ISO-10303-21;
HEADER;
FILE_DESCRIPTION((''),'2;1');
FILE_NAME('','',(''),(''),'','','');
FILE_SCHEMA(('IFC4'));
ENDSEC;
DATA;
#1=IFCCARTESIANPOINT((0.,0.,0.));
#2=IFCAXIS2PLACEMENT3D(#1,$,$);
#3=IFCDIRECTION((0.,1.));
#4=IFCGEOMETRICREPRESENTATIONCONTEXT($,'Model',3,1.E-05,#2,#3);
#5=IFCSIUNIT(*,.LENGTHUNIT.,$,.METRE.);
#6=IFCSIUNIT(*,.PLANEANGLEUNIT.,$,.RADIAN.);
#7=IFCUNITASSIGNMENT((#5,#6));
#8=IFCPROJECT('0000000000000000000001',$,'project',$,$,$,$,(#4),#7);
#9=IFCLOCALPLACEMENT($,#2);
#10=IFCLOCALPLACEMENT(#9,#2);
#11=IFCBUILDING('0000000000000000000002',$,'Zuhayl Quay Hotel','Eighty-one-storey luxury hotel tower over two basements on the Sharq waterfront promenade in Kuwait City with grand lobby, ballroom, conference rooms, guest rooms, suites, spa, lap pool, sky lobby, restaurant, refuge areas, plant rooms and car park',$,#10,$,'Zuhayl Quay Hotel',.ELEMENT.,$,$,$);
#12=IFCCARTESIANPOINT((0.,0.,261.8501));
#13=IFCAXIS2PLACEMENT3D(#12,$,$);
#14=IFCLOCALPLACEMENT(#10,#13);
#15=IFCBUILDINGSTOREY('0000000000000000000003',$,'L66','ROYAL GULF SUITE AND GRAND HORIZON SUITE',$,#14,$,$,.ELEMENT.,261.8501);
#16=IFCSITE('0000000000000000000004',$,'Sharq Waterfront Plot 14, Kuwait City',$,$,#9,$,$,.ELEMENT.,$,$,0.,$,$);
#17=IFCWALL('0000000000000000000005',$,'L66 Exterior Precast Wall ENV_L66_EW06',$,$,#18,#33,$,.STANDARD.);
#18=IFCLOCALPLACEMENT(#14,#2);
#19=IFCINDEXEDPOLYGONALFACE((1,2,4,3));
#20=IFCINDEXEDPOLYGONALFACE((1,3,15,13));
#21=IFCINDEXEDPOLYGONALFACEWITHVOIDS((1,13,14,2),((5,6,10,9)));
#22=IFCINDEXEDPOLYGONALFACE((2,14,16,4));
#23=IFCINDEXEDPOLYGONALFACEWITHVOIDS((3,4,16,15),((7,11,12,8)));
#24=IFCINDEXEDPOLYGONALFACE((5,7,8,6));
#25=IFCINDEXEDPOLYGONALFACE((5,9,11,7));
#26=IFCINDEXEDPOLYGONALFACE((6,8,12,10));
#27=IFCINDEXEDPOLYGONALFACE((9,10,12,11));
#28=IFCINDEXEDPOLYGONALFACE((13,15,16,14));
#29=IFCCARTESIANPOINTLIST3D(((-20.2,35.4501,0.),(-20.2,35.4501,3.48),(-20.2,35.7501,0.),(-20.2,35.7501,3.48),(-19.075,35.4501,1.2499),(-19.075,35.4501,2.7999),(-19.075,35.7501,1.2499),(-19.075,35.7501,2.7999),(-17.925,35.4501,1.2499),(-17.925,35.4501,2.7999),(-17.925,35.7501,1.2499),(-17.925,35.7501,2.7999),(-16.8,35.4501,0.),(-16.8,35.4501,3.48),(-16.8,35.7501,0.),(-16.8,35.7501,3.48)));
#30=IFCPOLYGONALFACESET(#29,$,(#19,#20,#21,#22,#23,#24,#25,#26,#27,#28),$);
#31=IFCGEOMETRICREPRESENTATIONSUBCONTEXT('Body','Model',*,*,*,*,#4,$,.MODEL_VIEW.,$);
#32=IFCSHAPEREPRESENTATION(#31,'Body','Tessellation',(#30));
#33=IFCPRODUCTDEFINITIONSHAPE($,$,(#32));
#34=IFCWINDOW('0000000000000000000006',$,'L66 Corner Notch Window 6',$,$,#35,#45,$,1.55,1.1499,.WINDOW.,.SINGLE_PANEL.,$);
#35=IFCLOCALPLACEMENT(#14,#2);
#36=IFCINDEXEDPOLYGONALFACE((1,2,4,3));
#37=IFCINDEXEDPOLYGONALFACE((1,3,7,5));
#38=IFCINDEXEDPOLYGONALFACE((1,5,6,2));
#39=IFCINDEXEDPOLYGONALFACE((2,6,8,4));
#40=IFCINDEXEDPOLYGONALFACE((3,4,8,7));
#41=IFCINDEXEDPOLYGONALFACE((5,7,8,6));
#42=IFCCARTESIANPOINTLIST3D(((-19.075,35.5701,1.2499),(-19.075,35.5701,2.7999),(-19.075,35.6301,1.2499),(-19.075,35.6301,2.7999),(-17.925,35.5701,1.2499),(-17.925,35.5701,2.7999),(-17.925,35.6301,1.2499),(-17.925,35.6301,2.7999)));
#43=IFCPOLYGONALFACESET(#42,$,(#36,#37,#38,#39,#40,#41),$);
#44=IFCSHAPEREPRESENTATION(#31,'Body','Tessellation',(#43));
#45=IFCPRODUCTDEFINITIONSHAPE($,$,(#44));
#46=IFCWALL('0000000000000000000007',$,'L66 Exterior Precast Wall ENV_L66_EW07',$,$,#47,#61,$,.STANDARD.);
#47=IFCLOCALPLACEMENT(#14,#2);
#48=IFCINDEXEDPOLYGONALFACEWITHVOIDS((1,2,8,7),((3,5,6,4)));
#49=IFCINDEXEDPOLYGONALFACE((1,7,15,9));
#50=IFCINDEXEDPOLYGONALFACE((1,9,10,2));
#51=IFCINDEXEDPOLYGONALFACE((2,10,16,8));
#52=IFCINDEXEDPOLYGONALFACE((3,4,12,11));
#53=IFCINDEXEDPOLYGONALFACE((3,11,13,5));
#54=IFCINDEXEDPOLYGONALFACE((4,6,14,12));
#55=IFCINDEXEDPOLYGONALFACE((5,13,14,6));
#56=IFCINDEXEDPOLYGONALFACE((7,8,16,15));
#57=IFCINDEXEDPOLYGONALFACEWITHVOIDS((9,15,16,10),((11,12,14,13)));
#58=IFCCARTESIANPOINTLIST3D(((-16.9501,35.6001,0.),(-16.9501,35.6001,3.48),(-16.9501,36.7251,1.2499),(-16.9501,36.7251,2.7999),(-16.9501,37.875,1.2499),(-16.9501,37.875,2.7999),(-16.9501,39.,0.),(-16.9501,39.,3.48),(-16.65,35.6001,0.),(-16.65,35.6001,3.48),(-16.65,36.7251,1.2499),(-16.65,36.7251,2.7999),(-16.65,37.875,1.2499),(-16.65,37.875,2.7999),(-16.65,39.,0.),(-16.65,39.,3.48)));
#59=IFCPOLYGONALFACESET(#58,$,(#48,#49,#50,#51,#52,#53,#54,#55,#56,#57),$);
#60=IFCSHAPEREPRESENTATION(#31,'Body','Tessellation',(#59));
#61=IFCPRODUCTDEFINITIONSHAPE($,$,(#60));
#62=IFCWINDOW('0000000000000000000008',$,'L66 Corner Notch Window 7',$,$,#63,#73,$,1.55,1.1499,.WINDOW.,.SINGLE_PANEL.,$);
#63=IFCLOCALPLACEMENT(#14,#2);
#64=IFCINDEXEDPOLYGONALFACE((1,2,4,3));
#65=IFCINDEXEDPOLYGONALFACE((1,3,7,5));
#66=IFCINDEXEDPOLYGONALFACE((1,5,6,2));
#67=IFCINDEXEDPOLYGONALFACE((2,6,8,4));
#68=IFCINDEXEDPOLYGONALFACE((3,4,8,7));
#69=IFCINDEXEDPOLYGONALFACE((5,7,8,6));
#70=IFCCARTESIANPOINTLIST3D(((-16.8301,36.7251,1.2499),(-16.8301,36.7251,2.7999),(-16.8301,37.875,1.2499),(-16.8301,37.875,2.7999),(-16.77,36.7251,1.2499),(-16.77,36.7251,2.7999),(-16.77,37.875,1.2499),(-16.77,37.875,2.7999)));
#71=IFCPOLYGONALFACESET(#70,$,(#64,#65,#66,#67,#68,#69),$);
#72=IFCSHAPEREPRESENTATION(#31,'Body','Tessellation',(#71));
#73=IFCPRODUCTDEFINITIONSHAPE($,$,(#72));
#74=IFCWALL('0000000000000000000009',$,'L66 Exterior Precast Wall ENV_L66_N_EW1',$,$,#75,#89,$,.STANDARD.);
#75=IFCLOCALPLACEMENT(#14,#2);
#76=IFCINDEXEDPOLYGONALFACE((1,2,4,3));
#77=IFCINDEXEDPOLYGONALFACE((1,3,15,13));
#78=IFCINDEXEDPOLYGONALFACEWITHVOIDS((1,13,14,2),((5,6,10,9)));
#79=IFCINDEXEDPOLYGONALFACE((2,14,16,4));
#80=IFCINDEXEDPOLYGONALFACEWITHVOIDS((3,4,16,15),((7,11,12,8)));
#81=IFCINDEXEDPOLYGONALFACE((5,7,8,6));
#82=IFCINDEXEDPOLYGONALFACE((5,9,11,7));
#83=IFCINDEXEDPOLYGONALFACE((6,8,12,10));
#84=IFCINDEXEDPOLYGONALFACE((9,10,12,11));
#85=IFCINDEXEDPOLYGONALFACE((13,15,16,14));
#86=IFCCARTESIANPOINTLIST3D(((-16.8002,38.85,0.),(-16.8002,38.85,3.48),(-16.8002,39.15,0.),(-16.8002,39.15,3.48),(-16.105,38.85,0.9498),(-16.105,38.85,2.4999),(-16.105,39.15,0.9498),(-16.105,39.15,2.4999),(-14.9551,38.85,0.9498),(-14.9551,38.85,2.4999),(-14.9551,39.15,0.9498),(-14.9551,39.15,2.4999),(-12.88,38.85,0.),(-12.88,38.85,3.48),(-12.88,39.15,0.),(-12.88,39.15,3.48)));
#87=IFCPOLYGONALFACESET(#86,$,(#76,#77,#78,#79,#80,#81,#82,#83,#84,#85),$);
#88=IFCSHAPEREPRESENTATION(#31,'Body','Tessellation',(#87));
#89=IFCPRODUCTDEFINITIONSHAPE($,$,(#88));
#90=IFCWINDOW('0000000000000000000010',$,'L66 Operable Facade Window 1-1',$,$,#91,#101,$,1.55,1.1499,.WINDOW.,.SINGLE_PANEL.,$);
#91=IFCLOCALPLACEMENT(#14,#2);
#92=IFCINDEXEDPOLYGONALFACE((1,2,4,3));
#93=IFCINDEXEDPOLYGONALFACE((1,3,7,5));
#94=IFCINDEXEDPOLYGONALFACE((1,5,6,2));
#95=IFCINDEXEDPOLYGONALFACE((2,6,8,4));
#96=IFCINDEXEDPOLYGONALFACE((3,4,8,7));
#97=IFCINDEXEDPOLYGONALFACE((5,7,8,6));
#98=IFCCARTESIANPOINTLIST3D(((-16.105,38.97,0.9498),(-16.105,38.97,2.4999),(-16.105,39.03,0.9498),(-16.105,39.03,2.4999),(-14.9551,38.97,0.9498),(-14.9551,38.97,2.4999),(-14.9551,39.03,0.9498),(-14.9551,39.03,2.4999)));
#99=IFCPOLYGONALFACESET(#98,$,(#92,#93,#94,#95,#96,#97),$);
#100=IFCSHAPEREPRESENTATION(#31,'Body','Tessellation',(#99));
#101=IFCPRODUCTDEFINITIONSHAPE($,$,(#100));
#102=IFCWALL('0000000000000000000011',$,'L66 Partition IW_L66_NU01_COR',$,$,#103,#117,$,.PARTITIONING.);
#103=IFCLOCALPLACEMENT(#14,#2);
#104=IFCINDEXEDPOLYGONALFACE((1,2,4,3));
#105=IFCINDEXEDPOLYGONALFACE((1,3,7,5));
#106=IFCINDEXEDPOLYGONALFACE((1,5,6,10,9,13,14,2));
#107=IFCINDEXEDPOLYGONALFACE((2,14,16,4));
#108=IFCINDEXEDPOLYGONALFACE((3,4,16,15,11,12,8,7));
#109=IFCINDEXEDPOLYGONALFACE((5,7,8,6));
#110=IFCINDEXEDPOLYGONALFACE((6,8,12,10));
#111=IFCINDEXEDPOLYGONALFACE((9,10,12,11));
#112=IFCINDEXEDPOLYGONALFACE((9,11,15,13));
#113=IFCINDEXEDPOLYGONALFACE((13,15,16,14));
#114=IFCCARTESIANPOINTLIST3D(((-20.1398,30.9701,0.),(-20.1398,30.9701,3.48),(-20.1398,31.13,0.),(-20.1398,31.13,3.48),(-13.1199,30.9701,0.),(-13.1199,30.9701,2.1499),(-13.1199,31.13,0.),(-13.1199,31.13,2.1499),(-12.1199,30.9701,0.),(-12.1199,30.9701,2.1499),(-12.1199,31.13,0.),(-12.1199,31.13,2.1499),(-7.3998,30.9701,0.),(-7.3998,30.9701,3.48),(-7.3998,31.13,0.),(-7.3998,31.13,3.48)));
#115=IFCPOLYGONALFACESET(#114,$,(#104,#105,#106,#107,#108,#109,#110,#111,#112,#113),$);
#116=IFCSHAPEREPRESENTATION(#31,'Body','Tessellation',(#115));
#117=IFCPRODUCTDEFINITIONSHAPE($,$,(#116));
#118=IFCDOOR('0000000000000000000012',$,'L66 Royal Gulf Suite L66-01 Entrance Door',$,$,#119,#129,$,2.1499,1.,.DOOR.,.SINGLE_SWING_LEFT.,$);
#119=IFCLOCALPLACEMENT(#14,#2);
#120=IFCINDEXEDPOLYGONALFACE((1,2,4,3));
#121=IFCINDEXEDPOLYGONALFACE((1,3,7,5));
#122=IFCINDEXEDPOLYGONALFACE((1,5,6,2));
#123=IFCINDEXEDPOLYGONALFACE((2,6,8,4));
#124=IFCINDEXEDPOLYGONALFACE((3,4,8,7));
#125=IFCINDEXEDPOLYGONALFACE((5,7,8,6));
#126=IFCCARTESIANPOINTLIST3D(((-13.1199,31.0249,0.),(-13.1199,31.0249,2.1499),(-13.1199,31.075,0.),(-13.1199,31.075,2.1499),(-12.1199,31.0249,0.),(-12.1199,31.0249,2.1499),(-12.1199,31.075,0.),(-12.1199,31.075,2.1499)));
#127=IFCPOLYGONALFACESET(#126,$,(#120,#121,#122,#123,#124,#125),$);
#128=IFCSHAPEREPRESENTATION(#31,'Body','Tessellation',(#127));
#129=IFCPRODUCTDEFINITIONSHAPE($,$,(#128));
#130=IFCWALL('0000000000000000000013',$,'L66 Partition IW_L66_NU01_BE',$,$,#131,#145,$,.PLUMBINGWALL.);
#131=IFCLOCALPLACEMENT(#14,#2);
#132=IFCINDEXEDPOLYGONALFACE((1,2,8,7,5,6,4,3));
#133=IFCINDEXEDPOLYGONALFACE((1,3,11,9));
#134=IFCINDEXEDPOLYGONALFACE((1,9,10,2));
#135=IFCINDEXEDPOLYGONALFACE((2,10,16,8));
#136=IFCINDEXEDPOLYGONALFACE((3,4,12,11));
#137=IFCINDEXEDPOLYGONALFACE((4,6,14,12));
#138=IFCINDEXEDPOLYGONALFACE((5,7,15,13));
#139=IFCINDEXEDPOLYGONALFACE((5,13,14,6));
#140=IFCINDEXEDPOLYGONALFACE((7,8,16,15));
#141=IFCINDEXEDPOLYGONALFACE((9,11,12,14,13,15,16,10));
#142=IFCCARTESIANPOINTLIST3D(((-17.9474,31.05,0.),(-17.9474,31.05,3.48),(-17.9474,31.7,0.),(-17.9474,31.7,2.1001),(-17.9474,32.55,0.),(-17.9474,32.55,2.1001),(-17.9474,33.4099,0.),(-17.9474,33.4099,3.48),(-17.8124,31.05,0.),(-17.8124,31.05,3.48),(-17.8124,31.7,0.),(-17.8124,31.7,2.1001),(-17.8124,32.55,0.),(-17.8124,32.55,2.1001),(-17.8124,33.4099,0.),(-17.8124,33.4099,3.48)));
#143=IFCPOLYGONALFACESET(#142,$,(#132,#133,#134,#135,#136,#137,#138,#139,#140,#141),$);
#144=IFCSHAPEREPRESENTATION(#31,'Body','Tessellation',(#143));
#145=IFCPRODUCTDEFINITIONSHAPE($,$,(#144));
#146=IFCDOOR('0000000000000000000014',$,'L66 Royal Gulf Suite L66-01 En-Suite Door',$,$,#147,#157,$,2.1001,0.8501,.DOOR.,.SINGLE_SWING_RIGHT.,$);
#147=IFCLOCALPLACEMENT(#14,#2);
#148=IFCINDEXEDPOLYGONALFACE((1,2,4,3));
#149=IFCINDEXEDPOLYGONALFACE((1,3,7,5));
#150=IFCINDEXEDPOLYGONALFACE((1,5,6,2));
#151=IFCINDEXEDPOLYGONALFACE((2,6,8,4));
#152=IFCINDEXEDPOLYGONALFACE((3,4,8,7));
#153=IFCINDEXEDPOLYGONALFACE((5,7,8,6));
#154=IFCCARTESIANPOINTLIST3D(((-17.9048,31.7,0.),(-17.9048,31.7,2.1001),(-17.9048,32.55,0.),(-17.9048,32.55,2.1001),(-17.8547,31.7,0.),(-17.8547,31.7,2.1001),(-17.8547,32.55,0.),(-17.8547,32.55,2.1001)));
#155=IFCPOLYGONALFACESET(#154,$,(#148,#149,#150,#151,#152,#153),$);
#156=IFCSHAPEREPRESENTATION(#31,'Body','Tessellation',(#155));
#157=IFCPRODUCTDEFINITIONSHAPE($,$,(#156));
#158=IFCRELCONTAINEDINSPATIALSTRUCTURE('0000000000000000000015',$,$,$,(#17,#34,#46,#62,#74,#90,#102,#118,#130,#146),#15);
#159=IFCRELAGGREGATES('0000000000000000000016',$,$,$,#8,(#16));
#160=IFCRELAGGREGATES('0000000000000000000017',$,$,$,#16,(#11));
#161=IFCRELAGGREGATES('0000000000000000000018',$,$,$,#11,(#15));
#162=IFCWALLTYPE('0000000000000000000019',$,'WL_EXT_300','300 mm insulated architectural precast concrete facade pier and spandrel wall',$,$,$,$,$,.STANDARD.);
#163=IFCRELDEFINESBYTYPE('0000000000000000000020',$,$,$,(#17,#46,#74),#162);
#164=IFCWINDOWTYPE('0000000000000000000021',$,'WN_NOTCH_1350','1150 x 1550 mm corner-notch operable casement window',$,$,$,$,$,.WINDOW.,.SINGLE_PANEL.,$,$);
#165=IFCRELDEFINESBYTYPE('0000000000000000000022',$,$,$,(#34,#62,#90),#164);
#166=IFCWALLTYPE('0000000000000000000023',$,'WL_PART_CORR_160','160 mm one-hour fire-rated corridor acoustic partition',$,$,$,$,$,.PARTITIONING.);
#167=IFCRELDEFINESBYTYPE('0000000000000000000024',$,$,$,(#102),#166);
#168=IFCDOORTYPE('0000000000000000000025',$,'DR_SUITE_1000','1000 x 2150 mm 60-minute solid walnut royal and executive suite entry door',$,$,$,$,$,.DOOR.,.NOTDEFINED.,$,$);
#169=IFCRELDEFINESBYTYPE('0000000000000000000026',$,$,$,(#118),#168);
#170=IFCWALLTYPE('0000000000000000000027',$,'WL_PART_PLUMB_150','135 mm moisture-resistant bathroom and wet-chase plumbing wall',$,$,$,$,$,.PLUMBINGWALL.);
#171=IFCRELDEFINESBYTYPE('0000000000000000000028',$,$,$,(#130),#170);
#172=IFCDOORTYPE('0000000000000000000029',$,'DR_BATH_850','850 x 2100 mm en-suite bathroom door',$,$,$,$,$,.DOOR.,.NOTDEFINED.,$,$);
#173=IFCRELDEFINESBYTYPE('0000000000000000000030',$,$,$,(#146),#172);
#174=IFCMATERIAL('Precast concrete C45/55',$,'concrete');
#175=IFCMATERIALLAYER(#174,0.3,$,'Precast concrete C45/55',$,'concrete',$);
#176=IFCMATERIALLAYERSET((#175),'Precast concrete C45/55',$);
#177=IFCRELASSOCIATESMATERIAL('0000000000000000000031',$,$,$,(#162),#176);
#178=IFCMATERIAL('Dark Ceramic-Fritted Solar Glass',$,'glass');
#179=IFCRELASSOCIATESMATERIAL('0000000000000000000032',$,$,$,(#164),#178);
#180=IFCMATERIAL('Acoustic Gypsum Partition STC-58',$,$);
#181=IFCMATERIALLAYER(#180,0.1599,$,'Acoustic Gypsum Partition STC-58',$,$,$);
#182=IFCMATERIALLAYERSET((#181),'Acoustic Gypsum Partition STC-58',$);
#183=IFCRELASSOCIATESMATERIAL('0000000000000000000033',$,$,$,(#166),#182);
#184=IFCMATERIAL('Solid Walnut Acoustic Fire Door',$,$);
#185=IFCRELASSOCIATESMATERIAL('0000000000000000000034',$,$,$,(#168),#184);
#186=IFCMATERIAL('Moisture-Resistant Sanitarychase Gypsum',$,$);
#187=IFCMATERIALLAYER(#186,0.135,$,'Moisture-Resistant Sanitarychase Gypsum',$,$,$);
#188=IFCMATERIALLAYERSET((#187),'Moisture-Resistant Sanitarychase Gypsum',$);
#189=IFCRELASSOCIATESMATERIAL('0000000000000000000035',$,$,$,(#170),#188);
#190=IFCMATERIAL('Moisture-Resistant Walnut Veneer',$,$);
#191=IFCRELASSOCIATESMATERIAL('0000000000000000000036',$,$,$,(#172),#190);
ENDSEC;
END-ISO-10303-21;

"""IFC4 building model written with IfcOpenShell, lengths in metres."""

from ifc_helpers import new_model, si_unit, direction, frame, frame_2d, origin, place, context, subcontext, project, spatial, rectangle, extrude, material, layer, layer_set, type_object, element, fill, save


model = new_model("IFC4")

# Units and contexts
model_context = context("Model", 3, precision=1e-05, world=origin(), true_north=direction((0.0, 1.0)))
body_context = subcontext(model_context, "Body", "Model", "MODEL_VIEW")
ifc_project = project(units=[si_unit("LENGTHUNIT", "METRE"), si_unit("PLANEANGLEUNIT", "RADIAN")], contexts=[model_context])

# Site, building, storey
site_placement = place(None, origin())
site = spatial("IfcSite", under=ifc_project, at=site_placement, Name="Sharq Waterfront Plot 14, Kuwait City", CompositionType="ELEMENT", RefElevation=0.0)
building_placement = place(site_placement, origin())
building = spatial("IfcBuilding", under=site, at=building_placement, Name="Zuhayl Quay Hotel", Description="Eighty-one-storey luxury hotel tower over two basements on the Sharq waterfront promenade in Kuwait City with grand lobby, ballroom, conference rooms, guest rooms, suites, spa, lap pool, sky lobby, restaurant, refuge areas, plant rooms and car park", LongName="Zuhayl Quay Hotel", CompositionType="ELEMENT")
storey_placement = place(building_placement, frame((0.0, 0.0, 261.8501)))
storey = spatial("IfcBuildingStorey", under=building, at=storey_placement, Name="L66", Description="ROYAL GULF SUITE AND GRAND HORIZON SUITE", CompositionType="ELEMENT", Elevation=261.8501)

# Shared definitions
ifc_material_1 = material(Name="Dark Ceramic-Fritted Solar Glass", Category="glass")

# Walls, openings, windows
ifc_material_2 = material(Name="Precast concrete C45/55", Category="concrete")
ifc_layer_1 = layer(ifc_material_2, 0.3, Name="Precast concrete C45/55", Category="concrete")
ifc_layer_set_1 = layer_set([ifc_layer_1], Name="Precast concrete C45/55")
wall_type_1 = type_object("IfcWallType", Name="WL_EXT_300", Description="300 mm insulated architectural precast concrete facade pier and spandrel wall", PredefinedType="STANDARD", material=ifc_layer_set_1)
wall_1_placement = place(storey_placement, frame((-20.2, 35.6001, 0.0), z_axis=(0.0, 0.0, 1.0), x_axis=(1.0, 0.0, 0.0)))
wall_1 = element("IfcWall", 1, at=wall_1_placement, inside=storey, type_object=wall_type_1, Name="L66 Exterior Precast Wall ENV_L66_EW06", PredefinedType="STANDARD", context=body_context, shape_type="SweptSolid", body=[
    extrude(rectangle(XDim=3.3999, YDim=0.3, at=frame_2d((1.7, 0.0))), origin(), (0.0, 0.0, 1.0), 3.48),
])
opening_1_placement = place(wall_1_placement, frame((1.125, 0.0, 1.25)))
opening_1 = element("IfcOpeningElement", 2, at=opening_1_placement, cuts=wall_1, PredefinedType="OPENING", context=body_context, shape_type="SweptSolid", body=[
    extrude(rectangle(XDim=1.1499, YDim=1.55, at=frame_2d((0.575, 0.7749))), frame((0.0, 0.1599, 0.0), z_axis=(0.0, -1.0, 0.0), x_axis=(1.0, 0.0, 0.0)), (0.0, 0.0, 1.0), 0.3201),
])
window_type = type_object("IfcWindowType", Name="WN_NOTCH_1350", Description="1150 x 1550 mm corner-notch operable casement window", PartitioningType="SINGLE_PANEL", PredefinedType="WINDOW", material=ifc_material_1)
window_1_placement = place(opening_1_placement, origin())
window_1 = element("IfcWindow", 3, at=window_1_placement, inside=storey, type_object=window_type, Name="L66 Corner Notch Window 6", OverallHeight=1.55, OverallWidth=1.1499, PartitioningType="SINGLE_PANEL", PredefinedType="WINDOW", context=body_context, shape_type="SweptSolid", body=[
    extrude(rectangle(XDim=1.1499, YDim=1.55, at=frame_2d((0.575, 0.7749))), frame((0.0, 0.03, 0.0), z_axis=(0.0, -1.0, 0.0), x_axis=(1.0, 0.0, 0.0)), (0.0, 0.0, 1.0), 0.0601),
])
fill(opening_1, window_1)
wall_2_placement = place(storey_placement, frame((-16.8, 35.6001, 0.0), z_axis=(0.0, 0.0, 1.0), x_axis=(0.0, 1.0, 0.0)))
wall_2 = element("IfcWall", 4, at=wall_2_placement, inside=storey, type_object=wall_type_1, Name="L66 Exterior Precast Wall ENV_L66_EW07", PredefinedType="STANDARD", context=body_context, shape_type="SweptSolid", body=[
    extrude(rectangle(XDim=3.3999, YDim=0.3, at=frame_2d((1.7, 0.0))), origin(), (0.0, 0.0, 1.0), 3.48),
])
opening_2_placement = place(wall_2_placement, frame((1.125, 0.0, 1.25)))
opening_2 = element("IfcOpeningElement", 5, at=opening_2_placement, cuts=wall_2, PredefinedType="OPENING", context=body_context, shape_type="SweptSolid", body=[
    extrude(rectangle(XDim=1.1499, YDim=1.55, at=frame_2d((0.575, 0.7749))), frame((0.0, 0.1599, 0.0), z_axis=(0.0, -1.0, 0.0), x_axis=(1.0, 0.0, 0.0)), (0.0, 0.0, 1.0), 0.3201),
])
window_2_placement = place(opening_2_placement, origin())
window_2 = element("IfcWindow", 6, at=window_2_placement, inside=storey, type_object=window_type, Name="L66 Corner Notch Window 7", OverallHeight=1.55, OverallWidth=1.1499, PartitioningType="SINGLE_PANEL", PredefinedType="WINDOW", context=body_context, shape_type="SweptSolid", body=[
    extrude(rectangle(XDim=1.1499, YDim=1.55, at=frame_2d((0.575, 0.7749))), frame((0.0, 0.03, 0.0), z_axis=(0.0, -1.0, 0.0), x_axis=(1.0, 0.0, 0.0)), (0.0, 0.0, 1.0), 0.0601),
])
fill(opening_2, window_2)
wall_3_placement = place(storey_placement, frame((-16.8, 39.0, 0.0), z_axis=(0.0, 0.0, 1.0), x_axis=(1.0, 0.0, 0.0)))
wall_3 = element("IfcWall", 7, at=wall_3_placement, inside=storey, type_object=wall_type_1, Name="L66 Exterior Precast Wall ENV_L66_N_EW1", PredefinedType="STANDARD", context=body_context, shape_type="SweptSolid", body=[
    extrude(rectangle(XDim=3.9202, YDim=0.3, at=frame_2d((1.96, 0.0))), origin(), (0.0, 0.0, 1.0), 3.48),
])
opening_3_placement = place(wall_3_placement, frame((0.6951, 0.0, 0.95)))
opening_3 = element("IfcOpeningElement", 8, at=opening_3_placement, cuts=wall_3, PredefinedType="OPENING", context=body_context, shape_type="SweptSolid", body=[
    extrude(rectangle(XDim=1.1499, YDim=1.55, at=frame_2d((0.575, 0.7749))), frame((0.0, 0.1599, 0.0), z_axis=(0.0, -1.0, 0.0), x_axis=(1.0, 0.0, 0.0)), (0.0, 0.0, 1.0), 0.3201),
])
window_3_placement = place(opening_3_placement, origin())
window_3 = element("IfcWindow", 9, at=window_3_placement, inside=storey, type_object=window_type, Name="L66 Operable Facade Window 1-1", OverallHeight=1.55, OverallWidth=1.1499, PartitioningType="SINGLE_PANEL", PredefinedType="WINDOW", context=body_context, shape_type="SweptSolid", body=[
    extrude(rectangle(XDim=1.1499, YDim=1.55, at=frame_2d((0.575, 0.7749))), frame((0.0, 0.03, 0.0), z_axis=(0.0, -1.0, 0.0), x_axis=(1.0, 0.0, 0.0)), (0.0, 0.0, 1.0), 0.0601),
])
fill(opening_3, window_3)

# Walls, openings, doors
ifc_material_3 = material(Name="Acoustic Gypsum Partition STC-58")
ifc_layer_2 = layer(ifc_material_3, 0.1599, Name="Acoustic Gypsum Partition STC-58")
ifc_layer_set_2 = layer_set([ifc_layer_2], Name="Acoustic Gypsum Partition STC-58")
wall_type_2 = type_object("IfcWallType", Name="WL_PART_CORR_160", Description="160 mm one-hour fire-rated corridor acoustic partition", PredefinedType="PARTITIONING", material=ifc_layer_set_2)
wall_4_placement = place(storey_placement, frame((-20.1399, 31.05, 0.0), z_axis=(0.0, 0.0, 1.0), x_axis=(1.0, 0.0, 0.0)))
wall_4 = element("IfcWall", 10, at=wall_4_placement, inside=storey, type_object=wall_type_2, Name="L66 Partition IW_L66_NU01_COR", PredefinedType="PARTITIONING", context=body_context, shape_type="SweptSolid", body=[
    extrude(rectangle(XDim=12.74, YDim=0.1599, at=frame_2d((6.3701, 0.0))), origin(), (0.0, 0.0, 1.0), 3.48),
])
opening_4_placement = place(wall_4_placement, frame((7.02, 0.0, 0.0)))
opening_4 = element("IfcOpeningElement", 11, at=opening_4_placement, cuts=wall_4, PredefinedType="OPENING", context=body_context, shape_type="SweptSolid", body=[
    extrude(rectangle(XDim=1.0, YDim=2.1499, at=frame_2d((0.5, 1.075))), frame((0.0, 0.0898, 0.0), z_axis=(0.0, -1.0, 0.0), x_axis=(1.0, 0.0, 0.0)), (0.0, 0.0, 1.0), 0.1799),
])
ifc_material_4 = material(Name="Solid Walnut Acoustic Fire Door")
door_type_1 = type_object("IfcDoorType", Name="DR_SUITE_1000", Description="1000 x 2150 mm 60-minute solid walnut royal and executive suite entry door", OperationType="NOTDEFINED", PredefinedType="DOOR", material=ifc_material_4)
door_1_placement = place(opening_4_placement, origin())
door_1 = element("IfcDoor", 12, at=door_1_placement, inside=storey, type_object=door_type_1, Name="L66 Royal Gulf Suite L66-01 Entrance Door", OperationType="SINGLE_SWING_LEFT", OverallHeight=2.1499, OverallWidth=1.0, PredefinedType="DOOR", context=body_context, shape_type="SweptSolid", body=[
    extrude(rectangle(XDim=1.0, YDim=2.1499, at=frame_2d((0.5, 1.075))), frame((0.0, 0.0249, 0.0), z_axis=(0.0, -1.0, 0.0), x_axis=(1.0, 0.0, 0.0)), (0.0, 0.0, 1.0), 0.05),
])
fill(opening_4, door_1)
ifc_material_5 = material(Name="Moisture-Resistant Sanitarychase Gypsum")
ifc_layer_3 = layer(ifc_material_5, 0.135, Name="Moisture-Resistant Sanitarychase Gypsum")
ifc_layer_set_3 = layer_set([ifc_layer_3], Name="Moisture-Resistant Sanitarychase Gypsum")
wall_type_3 = type_object("IfcWallType", Name="WL_PART_PLUMB_150", Description="135 mm moisture-resistant bathroom and wet-chase plumbing wall", PredefinedType="PLUMBINGWALL", material=ifc_layer_set_3)
wall_5_placement = place(storey_placement, frame((-17.8799, 31.05, 0.0), z_axis=(0.0, 0.0, 1.0), x_axis=(0.0, 1.0, 0.0)))
wall_5 = element("IfcWall", 13, at=wall_5_placement, inside=storey, type_object=wall_type_3, Name="L66 Partition IW_L66_NU01_BE", PredefinedType="PLUMBINGWALL", context=body_context, shape_type="SweptSolid", body=[
    extrude(rectangle(XDim=2.3599, YDim=0.135, at=frame_2d((1.1799, 0.0))), origin(), (0.0, 0.0, 1.0), 3.48),
])
opening_5_placement = place(wall_5_placement, frame((0.6499, 0.0, 0.0)))
opening_5 = element("IfcOpeningElement", 14, at=opening_5_placement, cuts=wall_5, PredefinedType="OPENING", context=body_context, shape_type="SweptSolid", body=[
    extrude(rectangle(XDim=0.8501, YDim=2.1001, at=frame_2d((0.425, 1.05))), frame((0.0, 0.0774, 0.0), z_axis=(0.0, -1.0, 0.0), x_axis=(1.0, 0.0, 0.0)), (0.0, 0.0, 1.0), 0.155),
])
ifc_material_6 = material(Name="Moisture-Resistant Walnut Veneer")
door_type_2 = type_object("IfcDoorType", Name="DR_BATH_850", Description="850 x 2100 mm en-suite bathroom door", OperationType="NOTDEFINED", PredefinedType="DOOR", material=ifc_material_6)
door_2_placement = place(opening_5_placement, origin())
door_2 = element("IfcDoor", 15, at=door_2_placement, inside=storey, type_object=door_type_2, Name="L66 Royal Gulf Suite L66-01 En-Suite Door", OperationType="SINGLE_SWING_RIGHT", OverallHeight=2.1001, OverallWidth=0.8501, PredefinedType="DOOR", context=body_context, shape_type="SweptSolid", body=[
    extrude(rectangle(XDim=0.8501, YDim=2.1001, at=frame_2d((0.425, 1.05))), frame((0.0, 0.0249, 0.0), z_axis=(0.0, -1.0, 0.0), x_axis=(1.0, 0.0, 0.0)), (0.0, 0.0, 1.0), 0.05),
])
fill(opening_5, door_2)

save(model, "model.ifc")
